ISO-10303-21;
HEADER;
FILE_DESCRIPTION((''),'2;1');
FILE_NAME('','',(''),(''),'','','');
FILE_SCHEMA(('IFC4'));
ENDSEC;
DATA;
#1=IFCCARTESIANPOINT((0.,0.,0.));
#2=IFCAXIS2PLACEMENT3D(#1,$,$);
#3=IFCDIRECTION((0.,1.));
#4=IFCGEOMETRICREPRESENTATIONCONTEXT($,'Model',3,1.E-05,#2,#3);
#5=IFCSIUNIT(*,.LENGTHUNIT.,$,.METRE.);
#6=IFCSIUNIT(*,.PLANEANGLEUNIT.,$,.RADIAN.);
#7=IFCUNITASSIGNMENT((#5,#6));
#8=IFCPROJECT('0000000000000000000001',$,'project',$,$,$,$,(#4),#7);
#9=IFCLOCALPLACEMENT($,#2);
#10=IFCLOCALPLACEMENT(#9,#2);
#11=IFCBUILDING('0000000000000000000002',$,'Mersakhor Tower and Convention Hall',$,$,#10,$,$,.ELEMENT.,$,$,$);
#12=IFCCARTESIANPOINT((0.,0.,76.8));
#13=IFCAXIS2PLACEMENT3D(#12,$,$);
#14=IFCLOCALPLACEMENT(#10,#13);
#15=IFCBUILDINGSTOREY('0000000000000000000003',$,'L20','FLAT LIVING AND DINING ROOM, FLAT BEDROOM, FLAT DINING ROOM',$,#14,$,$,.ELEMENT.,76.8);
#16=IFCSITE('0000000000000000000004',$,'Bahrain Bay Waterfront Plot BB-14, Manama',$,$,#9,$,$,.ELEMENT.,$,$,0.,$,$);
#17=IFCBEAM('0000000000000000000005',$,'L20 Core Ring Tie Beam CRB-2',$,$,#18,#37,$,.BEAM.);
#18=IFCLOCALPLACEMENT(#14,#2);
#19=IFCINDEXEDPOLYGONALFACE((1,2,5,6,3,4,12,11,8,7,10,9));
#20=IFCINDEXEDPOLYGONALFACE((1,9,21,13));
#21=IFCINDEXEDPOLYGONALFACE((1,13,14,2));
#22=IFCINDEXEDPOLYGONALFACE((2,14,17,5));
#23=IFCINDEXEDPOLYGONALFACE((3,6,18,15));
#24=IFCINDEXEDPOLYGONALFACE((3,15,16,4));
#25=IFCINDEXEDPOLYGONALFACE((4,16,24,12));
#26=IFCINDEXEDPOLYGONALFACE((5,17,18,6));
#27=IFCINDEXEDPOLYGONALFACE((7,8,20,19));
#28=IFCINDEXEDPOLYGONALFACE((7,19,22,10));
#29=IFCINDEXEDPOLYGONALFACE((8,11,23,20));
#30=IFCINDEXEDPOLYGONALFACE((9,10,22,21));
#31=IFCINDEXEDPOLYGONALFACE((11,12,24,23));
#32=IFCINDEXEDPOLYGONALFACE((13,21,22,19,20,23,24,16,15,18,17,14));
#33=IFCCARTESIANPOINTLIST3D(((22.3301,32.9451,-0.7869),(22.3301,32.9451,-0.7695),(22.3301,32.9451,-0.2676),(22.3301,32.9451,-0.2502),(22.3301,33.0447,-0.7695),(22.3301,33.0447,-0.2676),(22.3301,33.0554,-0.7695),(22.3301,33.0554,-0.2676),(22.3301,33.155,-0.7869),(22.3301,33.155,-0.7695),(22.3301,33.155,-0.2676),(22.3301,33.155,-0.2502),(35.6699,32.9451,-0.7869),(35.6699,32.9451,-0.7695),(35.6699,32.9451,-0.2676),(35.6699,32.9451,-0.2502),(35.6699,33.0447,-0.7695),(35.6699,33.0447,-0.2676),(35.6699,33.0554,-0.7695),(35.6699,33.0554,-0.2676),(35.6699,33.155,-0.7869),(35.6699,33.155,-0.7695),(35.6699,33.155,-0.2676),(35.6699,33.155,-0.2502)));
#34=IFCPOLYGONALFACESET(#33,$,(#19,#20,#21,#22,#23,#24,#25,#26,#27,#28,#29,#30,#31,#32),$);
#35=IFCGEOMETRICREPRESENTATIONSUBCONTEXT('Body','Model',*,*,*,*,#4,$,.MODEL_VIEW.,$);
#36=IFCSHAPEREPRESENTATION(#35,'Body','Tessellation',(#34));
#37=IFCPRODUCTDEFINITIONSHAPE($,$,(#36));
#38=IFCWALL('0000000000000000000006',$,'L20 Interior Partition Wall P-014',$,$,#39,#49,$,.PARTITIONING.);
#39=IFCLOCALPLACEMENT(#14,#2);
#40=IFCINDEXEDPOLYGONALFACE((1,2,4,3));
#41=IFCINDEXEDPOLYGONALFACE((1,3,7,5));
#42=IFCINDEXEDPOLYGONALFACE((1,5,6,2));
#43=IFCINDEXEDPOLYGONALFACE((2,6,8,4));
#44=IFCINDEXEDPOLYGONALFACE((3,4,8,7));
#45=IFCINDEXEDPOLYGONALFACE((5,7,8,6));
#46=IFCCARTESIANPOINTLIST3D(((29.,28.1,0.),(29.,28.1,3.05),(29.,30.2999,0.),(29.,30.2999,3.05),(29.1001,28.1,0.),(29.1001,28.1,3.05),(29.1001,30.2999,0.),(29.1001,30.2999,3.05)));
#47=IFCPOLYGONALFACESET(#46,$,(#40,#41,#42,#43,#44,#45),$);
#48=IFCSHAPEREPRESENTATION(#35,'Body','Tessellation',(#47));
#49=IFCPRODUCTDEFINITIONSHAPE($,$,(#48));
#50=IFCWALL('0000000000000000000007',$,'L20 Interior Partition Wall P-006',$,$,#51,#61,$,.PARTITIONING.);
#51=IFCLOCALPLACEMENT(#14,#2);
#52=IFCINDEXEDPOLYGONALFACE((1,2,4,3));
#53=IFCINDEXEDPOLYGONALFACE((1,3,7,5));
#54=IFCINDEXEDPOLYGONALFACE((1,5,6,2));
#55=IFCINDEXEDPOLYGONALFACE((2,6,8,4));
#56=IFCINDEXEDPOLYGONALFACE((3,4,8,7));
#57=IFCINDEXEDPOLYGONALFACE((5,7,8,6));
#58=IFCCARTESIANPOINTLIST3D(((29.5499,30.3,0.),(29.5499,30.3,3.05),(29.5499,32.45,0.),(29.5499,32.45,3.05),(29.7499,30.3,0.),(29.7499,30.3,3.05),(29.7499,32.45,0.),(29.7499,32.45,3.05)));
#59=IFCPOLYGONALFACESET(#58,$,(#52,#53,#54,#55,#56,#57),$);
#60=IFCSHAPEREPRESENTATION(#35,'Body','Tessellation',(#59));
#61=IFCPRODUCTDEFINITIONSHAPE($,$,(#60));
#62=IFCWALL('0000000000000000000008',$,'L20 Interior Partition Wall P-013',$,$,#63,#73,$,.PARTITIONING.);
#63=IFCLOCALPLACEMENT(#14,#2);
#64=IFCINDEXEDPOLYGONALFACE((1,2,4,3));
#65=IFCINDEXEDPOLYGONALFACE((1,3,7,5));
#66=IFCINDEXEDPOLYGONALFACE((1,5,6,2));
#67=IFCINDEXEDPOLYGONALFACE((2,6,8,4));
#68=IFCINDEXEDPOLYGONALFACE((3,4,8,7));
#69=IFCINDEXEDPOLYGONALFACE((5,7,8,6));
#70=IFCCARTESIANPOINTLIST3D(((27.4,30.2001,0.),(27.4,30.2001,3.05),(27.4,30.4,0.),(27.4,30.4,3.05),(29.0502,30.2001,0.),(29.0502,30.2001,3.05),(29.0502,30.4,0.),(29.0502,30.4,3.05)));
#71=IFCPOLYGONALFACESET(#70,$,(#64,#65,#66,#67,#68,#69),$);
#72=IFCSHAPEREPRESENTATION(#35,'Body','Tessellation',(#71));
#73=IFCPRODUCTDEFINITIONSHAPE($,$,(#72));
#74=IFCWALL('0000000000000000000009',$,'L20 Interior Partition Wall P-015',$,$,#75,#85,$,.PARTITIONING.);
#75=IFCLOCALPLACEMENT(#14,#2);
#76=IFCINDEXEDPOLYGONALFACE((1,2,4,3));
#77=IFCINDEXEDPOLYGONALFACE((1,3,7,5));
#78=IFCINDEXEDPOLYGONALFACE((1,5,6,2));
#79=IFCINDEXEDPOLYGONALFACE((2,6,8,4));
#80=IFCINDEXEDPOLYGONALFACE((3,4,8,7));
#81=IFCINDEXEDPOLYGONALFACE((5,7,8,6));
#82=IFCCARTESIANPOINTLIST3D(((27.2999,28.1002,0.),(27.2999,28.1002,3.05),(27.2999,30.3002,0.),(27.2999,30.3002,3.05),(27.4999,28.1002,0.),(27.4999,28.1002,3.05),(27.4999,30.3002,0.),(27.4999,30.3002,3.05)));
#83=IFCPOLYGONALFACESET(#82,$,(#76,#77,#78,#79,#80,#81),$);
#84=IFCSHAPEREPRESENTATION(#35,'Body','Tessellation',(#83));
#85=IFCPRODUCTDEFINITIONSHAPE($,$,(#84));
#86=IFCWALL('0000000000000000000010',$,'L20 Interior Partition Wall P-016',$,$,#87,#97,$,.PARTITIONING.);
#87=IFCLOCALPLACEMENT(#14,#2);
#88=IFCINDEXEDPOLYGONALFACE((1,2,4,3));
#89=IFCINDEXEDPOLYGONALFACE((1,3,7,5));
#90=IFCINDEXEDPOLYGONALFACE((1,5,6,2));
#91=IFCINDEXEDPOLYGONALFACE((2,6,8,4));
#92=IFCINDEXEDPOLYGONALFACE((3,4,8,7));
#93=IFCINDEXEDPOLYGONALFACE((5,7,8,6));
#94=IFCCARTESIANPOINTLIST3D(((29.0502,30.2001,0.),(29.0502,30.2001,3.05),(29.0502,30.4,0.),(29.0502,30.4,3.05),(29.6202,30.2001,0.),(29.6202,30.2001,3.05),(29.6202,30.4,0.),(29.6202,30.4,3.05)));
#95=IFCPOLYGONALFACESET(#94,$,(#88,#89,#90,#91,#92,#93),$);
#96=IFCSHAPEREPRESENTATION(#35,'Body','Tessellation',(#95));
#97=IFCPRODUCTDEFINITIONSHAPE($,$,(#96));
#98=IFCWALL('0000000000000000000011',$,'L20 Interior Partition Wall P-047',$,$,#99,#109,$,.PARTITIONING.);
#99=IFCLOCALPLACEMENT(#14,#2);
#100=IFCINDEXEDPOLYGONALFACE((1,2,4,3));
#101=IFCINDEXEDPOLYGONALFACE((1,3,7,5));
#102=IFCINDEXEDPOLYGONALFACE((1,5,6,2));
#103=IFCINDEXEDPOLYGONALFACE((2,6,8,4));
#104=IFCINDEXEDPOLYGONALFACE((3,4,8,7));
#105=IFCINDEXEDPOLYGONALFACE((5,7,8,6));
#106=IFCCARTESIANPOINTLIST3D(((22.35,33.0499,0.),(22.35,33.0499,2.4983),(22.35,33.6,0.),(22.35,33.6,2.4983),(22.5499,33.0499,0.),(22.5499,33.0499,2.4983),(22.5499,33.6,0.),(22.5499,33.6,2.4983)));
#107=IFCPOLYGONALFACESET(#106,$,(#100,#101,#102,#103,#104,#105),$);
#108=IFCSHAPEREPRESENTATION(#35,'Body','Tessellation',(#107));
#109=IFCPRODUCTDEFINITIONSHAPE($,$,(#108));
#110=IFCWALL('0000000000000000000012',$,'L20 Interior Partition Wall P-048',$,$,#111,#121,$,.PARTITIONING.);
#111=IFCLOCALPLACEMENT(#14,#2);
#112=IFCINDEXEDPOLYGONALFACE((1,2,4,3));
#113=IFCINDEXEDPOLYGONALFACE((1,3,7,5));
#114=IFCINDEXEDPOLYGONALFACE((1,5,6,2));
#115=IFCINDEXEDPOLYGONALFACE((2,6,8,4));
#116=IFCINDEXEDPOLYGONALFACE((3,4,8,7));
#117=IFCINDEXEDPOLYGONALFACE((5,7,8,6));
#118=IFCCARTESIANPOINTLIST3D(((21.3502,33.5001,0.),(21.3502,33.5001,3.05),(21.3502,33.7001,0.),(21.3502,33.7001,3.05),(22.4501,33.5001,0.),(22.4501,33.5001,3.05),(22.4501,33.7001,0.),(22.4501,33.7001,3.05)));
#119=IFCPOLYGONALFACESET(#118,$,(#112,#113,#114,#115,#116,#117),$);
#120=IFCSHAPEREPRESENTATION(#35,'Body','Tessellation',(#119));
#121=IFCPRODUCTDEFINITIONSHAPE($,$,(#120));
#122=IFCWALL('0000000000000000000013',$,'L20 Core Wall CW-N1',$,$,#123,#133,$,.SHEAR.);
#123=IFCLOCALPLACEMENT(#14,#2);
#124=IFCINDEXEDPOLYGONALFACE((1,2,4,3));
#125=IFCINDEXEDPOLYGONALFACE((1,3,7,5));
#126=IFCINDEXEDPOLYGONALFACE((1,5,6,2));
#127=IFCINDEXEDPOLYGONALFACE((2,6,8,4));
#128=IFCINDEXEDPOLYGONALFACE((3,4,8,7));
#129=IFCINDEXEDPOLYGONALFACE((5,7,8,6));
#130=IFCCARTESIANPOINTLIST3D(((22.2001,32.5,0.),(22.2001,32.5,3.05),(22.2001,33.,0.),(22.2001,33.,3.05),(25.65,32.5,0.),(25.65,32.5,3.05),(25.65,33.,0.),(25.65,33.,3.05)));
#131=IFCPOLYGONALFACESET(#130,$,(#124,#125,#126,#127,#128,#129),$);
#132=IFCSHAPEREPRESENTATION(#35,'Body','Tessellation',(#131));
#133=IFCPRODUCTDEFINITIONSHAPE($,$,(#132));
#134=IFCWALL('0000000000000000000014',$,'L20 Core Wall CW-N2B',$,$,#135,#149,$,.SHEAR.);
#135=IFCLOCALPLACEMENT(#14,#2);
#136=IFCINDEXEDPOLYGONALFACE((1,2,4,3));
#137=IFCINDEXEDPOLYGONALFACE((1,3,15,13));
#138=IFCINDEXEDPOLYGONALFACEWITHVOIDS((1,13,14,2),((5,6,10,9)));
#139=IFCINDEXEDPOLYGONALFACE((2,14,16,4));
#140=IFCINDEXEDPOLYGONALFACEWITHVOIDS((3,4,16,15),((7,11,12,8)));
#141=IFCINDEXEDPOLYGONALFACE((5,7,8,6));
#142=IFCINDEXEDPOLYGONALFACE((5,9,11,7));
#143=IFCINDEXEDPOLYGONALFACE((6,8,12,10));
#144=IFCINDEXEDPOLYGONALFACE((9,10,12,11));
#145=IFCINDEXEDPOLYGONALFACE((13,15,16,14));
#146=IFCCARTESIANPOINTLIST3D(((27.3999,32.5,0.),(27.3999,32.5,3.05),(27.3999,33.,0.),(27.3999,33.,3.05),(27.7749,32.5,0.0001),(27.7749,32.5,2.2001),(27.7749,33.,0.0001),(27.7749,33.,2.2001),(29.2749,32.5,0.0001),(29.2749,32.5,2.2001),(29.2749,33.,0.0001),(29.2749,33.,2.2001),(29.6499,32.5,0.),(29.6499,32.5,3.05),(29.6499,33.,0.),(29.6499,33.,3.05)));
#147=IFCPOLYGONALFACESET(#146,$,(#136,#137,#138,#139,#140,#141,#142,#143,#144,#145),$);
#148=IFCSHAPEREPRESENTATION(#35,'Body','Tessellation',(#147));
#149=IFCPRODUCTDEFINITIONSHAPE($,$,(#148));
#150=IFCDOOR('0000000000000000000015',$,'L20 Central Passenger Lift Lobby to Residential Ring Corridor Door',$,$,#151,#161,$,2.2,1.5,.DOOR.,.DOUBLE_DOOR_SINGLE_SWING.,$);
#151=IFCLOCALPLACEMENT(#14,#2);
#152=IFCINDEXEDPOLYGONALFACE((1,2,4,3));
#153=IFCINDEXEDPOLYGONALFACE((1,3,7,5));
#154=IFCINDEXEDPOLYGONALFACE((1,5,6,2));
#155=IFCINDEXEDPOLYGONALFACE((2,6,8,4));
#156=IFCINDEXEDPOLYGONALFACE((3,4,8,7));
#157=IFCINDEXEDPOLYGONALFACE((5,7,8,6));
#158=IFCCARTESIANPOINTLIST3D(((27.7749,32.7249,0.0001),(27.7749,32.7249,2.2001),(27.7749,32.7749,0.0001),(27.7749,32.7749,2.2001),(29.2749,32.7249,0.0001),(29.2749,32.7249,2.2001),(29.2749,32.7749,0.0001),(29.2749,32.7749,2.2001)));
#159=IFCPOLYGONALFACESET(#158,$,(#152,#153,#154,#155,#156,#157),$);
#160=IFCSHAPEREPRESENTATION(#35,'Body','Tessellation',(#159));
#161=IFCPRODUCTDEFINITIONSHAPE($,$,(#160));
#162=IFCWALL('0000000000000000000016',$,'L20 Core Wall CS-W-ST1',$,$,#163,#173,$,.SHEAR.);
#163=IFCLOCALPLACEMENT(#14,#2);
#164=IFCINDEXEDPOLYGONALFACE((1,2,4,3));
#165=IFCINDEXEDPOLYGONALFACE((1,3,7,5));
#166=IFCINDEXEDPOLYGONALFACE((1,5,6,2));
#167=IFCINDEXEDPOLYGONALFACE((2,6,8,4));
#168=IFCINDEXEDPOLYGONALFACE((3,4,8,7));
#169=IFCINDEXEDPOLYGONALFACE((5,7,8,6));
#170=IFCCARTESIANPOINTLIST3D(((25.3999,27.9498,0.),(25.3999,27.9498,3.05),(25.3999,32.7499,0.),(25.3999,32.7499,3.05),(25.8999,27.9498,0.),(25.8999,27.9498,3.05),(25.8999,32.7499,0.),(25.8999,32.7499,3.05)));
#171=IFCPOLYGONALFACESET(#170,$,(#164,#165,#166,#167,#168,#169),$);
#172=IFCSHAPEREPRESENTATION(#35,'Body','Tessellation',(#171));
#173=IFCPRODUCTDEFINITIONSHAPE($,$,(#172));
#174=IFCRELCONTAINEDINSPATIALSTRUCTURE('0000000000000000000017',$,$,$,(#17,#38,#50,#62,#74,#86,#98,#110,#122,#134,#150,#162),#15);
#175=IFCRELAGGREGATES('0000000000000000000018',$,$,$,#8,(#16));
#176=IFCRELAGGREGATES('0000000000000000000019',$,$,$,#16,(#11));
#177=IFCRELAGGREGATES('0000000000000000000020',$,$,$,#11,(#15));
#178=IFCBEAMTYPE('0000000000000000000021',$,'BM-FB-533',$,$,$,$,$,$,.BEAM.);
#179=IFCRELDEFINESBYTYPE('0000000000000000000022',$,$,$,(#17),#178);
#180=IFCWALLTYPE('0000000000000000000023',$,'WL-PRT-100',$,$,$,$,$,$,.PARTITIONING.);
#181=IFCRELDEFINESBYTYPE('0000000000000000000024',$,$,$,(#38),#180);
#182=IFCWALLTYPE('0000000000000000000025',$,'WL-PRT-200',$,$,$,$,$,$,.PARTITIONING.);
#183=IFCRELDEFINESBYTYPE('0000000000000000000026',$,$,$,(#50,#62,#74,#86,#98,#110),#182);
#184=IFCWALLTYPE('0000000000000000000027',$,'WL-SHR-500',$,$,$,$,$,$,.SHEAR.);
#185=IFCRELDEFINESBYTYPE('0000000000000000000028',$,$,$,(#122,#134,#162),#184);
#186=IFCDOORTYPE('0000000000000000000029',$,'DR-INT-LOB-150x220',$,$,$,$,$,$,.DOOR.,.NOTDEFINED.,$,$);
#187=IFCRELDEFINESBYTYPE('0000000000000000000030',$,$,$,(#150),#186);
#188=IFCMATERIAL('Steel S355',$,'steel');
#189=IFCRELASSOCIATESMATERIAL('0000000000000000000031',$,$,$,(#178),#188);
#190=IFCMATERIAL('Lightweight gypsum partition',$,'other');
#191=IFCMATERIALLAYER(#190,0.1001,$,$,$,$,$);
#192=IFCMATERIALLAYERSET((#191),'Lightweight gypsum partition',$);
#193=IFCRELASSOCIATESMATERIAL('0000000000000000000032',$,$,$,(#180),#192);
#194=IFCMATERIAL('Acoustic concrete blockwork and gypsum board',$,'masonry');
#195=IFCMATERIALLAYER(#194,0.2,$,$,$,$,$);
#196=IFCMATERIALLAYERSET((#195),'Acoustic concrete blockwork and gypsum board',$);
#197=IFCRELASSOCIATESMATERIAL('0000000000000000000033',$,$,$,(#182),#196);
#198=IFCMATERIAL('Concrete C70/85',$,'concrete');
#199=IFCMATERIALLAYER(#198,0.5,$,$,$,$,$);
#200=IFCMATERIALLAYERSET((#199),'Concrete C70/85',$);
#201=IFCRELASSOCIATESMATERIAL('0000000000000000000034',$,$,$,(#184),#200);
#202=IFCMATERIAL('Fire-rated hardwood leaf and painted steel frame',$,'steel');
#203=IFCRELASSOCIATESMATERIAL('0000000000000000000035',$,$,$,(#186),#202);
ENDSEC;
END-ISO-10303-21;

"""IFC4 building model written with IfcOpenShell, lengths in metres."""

from ifc_helpers import new_model, si_unit, direction, frame, frame_2d, origin, origin_2d, place, context, subcontext, project, spatial, rectangle, i_section, extrude, material, layer, layer_set, material_profile, profile_set, type_object, element, fill, save


model = new_model("IFC4")

# Units and contexts
model_context = context("Model", 3, precision=1e-05, world=origin(), true_north=direction((0.0, 1.0)))
body_context = subcontext(model_context, "Body", "Model", "MODEL_VIEW")
ifc_project = project(units=[si_unit("LENGTHUNIT", "METRE"), si_unit("PLANEANGLEUNIT", "RADIAN")], contexts=[model_context])

# Site, building, storey
site_placement = place(None, origin())
site = spatial("IfcSite", under=ifc_project, at=site_placement, Name="Bahrain Bay Waterfront Plot BB-14, Manama", CompositionType="ELEMENT", RefElevation=0.0)
building_placement = place(site_placement, origin())
building = spatial("IfcBuilding", under=site, at=building_placement, Name="Mersakhor Tower and Convention Hall", CompositionType="ELEMENT")
storey_placement = place(building_placement, frame((0.0, 0.0, 76.8)))
storey = spatial("IfcBuildingStorey", under=building, at=storey_placement, Name="L20", Description="FLAT LIVING AND DINING ROOM, FLAT BEDROOM, FLAT DINING ROOM", CompositionType="ELEMENT", Elevation=76.8)

# Beam
ifc_material_1 = material(Name="Steel S355", Category="steel")
ifc_material_profile = material_profile(ifc_material_1, i_section(OverallWidth=0.21, OverallDepth=0.5366, WebThickness=0.0107, FlangeThickness=0.0173, at=origin_2d()), Name="UB 533x210x101")
ifc_profile_set = profile_set([ifc_material_profile], Name="Steel S355")
beam_type = type_object("IfcBeamType", Name="BM-FB-533", PredefinedType="BEAM", material=ifc_profile_set)
beam_placement = place(storey_placement, frame((22.3301, 33.05, -0.5186), z_axis=(1.0, 0.0, 0.0), x_axis=(0.0, 1.0, 0.0)))
element("IfcBeam", 1, at=beam_placement, inside=storey, type_object=beam_type, Name="L20 Core Ring Tie Beam CRB-2", PredefinedType="BEAM", context=body_context, shape_type="SweptSolid", body=[
    extrude(i_section(OverallWidth=0.21, OverallDepth=0.5366, WebThickness=0.0107, FlangeThickness=0.0173, at=origin_2d()), origin(), (0.0, 0.0, 1.0), 13.3398),
])

# Wall
ifc_material_2 = material(Name="Lightweight gypsum partition", Category="other")
ifc_layer_1 = layer(ifc_material_2, 0.1001)
ifc_layer_set_1 = layer_set([ifc_layer_1], Name="Lightweight gypsum partition")
wall_type_1 = type_object("IfcWallType", Name="WL-PRT-100", PredefinedType="PARTITIONING", material=ifc_layer_set_1)
wall_1_placement = place(storey_placement, frame((29.05, 30.3, 0.0), z_axis=(0.0, 0.0, 1.0), x_axis=(0.0, -1.0, 0.0)))
element("IfcWall", 2, at=wall_1_placement, inside=storey, type_object=wall_type_1, Name="L20 Interior Partition Wall P-014", PredefinedType="PARTITIONING", context=body_context, shape_type="SweptSolid", body=[
    extrude(rectangle(XDim=2.2, YDim=0.1001, at=frame_2d((1.1001, 0.0))), origin(), (0.0, 0.0, 1.0), 3.05),
])

# Shared definitions
ifc_material_3 = material(Name="Acoustic concrete blockwork and gypsum board", Category="masonry")
ifc_layer_2 = layer(ifc_material_3, 0.2)
ifc_layer_set_2 = layer_set([ifc_layer_2], Name="Acoustic concrete blockwork and gypsum board")
wall_type_2 = type_object("IfcWallType", Name="WL-PRT-200", PredefinedType="PARTITIONING", material=ifc_layer_set_2)

# Walls
wall_2_placement = place(storey_placement, frame((29.6499, 30.3, 0.0), z_axis=(0.0, 0.0, 1.0), x_axis=(0.0, 1.0, 0.0)))
element("IfcWall", 3, at=wall_2_placement, inside=storey, type_object=wall_type_2, Name="L20 Interior Partition Wall P-006", PredefinedType="PARTITIONING", context=body_context, shape_type="SweptSolid", body=[
    extrude(rectangle(XDim=2.1499, YDim=0.2, at=frame_2d((1.075, 0.0))), origin(), (0.0, 0.0, 1.0), 3.05),
])
wall_3_placement = place(storey_placement, frame((27.3999, 30.3, 0.0), z_axis=(0.0, 0.0, 1.0), x_axis=(1.0, 0.0, 0.0)))
element("IfcWall", 4, at=wall_3_placement, inside=storey, type_object=wall_type_2, Name="L20 Interior Partition Wall P-013", PredefinedType="PARTITIONING", context=body_context, shape_type="SweptSolid", body=[
    extrude(rectangle(XDim=1.6501, YDim=0.2, at=frame_2d((0.8252, 0.0))), origin(), (0.0, 0.0, 1.0), 3.05),
])
wall_4_placement = place(storey_placement, frame((27.3999, 28.1001, 0.0), z_axis=(0.0, 0.0, 1.0), x_axis=(0.0, 1.0, 0.0)))
element("IfcWall", 5, at=wall_4_placement, inside=storey, type_object=wall_type_2, Name="L20 Interior Partition Wall P-015", PredefinedType="PARTITIONING", context=body_context, shape_type="SweptSolid", body=[
    extrude(rectangle(XDim=2.2, YDim=0.2, at=frame_2d((1.1001, 0.0))), origin(), (0.0, 0.0, 1.0), 3.05),
])
wall_5_placement = place(storey_placement, frame((29.05, 30.3, 0.0), z_axis=(0.0, 0.0, 1.0), x_axis=(1.0, 0.0, 0.0)))
element("IfcWall", 6, at=wall_5_placement, inside=storey, type_object=wall_type_2, Name="L20 Interior Partition Wall P-016", PredefinedType="PARTITIONING", context=body_context, shape_type="SweptSolid", body=[
    extrude(rectangle(XDim=0.5701, YDim=0.2, at=frame_2d((0.2852, 0.0))), origin(), (0.0, 0.0, 1.0), 3.05),
])
wall_6_placement = place(storey_placement, frame((22.45, 33.05, 0.0), z_axis=(0.0, 0.0, 1.0), x_axis=(0.0, 1.0, 0.0)))
element("IfcWall", 7, at=wall_6_placement, inside=storey, type_object=wall_type_2, Name="L20 Interior Partition Wall P-047", PredefinedType="PARTITIONING", context=body_context, shape_type="SweptSolid", body=[
    extrude(rectangle(XDim=0.55, YDim=0.2, at=frame_2d((0.2749, 0.0))), origin(), (0.0, 0.0, 1.0), 2.4983),
])
wall_7_placement = place(storey_placement, frame((22.45, 33.6001, 0.0), z_axis=(0.0, 0.0, 1.0), x_axis=(-1.0, 0.0, 0.0)))
element("IfcWall", 8, at=wall_7_placement, inside=storey, type_object=wall_type_2, Name="L20 Interior Partition Wall P-048", PredefinedType="PARTITIONING", context=body_context, shape_type="SweptSolid", body=[
    extrude(rectangle(XDim=1.0999, YDim=0.2, at=frame_2d((0.5498, 0.0))), origin(), (0.0, 0.0, 1.0), 3.05),
])
ifc_material_4 = material(Name="Concrete C70/85", Category="concrete")
ifc_layer_3 = layer(ifc_material_4, 0.5)
ifc_layer_set_3 = layer_set([ifc_layer_3], Name="Concrete C70/85")
wall_type_3 = type_object("IfcWallType", Name="WL-SHR-500", PredefinedType="SHEAR", material=ifc_layer_set_3)
wall_8_placement = place(storey_placement, frame((22.2, 32.75, 0.0), z_axis=(0.0, 0.0, 1.0), x_axis=(1.0, 0.0, 0.0)))
element("IfcWall", 9, at=wall_8_placement, inside=storey, type_object=wall_type_3, Name="L20 Core Wall CW-N1", PredefinedType="SHEAR", context=body_context, shape_type="SweptSolid", body=[
    extrude(rectangle(XDim=3.45, YDim=0.5, at=frame_2d((1.7251, 0.0))), origin(), (0.0, 0.0, 1.0), 3.05),
])

# Wall, opening, door
wall_9_placement = place(storey_placement, frame((27.3999, 32.75, 0.0), z_axis=(0.0, 0.0, 1.0), x_axis=(1.0, 0.0, 0.0)))
wall_9 = element("IfcWall", 10, at=wall_9_placement, inside=storey, type_object=wall_type_3, Name="L20 Core Wall CW-N2B", PredefinedType="SHEAR", context=body_context, shape_type="SweptSolid", body=[
    extrude(rectangle(XDim=2.25, YDim=0.5, at=frame_2d((1.125, 0.0))), origin(), (0.0, 0.0, 1.0), 3.05),
])
opening_1_placement = place(wall_9_placement, frame((0.375, 0.0, 0.0)))
opening_1 = element("IfcOpeningElement", 11, at=opening_1_placement, cuts=wall_9, PredefinedType="OPENING", context=body_context, shape_type="SweptSolid", body=[
    extrude(rectangle(XDim=1.5, YDim=2.2, at=frame_2d((0.75, 1.1001))), frame((0.0, 0.26, 0.0), z_axis=(0.0, -1.0, 0.0), x_axis=(1.0, 0.0, 0.0)), (0.0, 0.0, 1.0), 0.52),
])
ifc_material_5 = material(Name="Fire-rated hardwood leaf and painted steel frame", Category="steel")
door_type_1 = type_object("IfcDoorType", Name="DR-INT-LOB-150x220", OperationType="NOTDEFINED", PredefinedType="DOOR", material=ifc_material_5)
door_1_placement = place(opening_1_placement, origin())
door_1 = element("IfcDoor", 12, at=door_1_placement, inside=storey, type_object=door_type_1, Name="L20 Central Passenger Lift Lobby to Residential Ring Corridor Door", OperationType="DOUBLE_DOOR_SINGLE_SWING", OverallHeight=2.2, OverallWidth=1.5, PredefinedType="DOOR", context=body_context, shape_type="SweptSolid", body=[
    extrude(rectangle(XDim=1.5, YDim=2.2, at=frame_2d((0.75, 1.1001))), frame((0.0, 0.0249, 0.0), z_axis=(0.0, -1.0, 0.0), x_axis=(1.0, 0.0, 0.0)), (0.0, 0.0, 1.0), 0.05),
])
fill(opening_1, door_1)

# Wall
wall_10_placement = place(storey_placement, frame((25.6499, 27.95, 0.0), z_axis=(0.0, 0.0, 1.0), x_axis=(0.0, 1.0, 0.0)))
element("IfcWall", 13, at=wall_10_placement, inside=storey, type_object=wall_type_3, Name="L20 Core Wall CS-W-ST1", PredefinedType="SHEAR", context=body_context, shape_type="SweptSolid", body=[
    extrude(rectangle(XDim=4.8, YDim=0.5, at=frame_2d((2.3999, 0.0))), origin(), (0.0, 0.0, 1.0), 3.05),
])

save(model, "model.ifc")
